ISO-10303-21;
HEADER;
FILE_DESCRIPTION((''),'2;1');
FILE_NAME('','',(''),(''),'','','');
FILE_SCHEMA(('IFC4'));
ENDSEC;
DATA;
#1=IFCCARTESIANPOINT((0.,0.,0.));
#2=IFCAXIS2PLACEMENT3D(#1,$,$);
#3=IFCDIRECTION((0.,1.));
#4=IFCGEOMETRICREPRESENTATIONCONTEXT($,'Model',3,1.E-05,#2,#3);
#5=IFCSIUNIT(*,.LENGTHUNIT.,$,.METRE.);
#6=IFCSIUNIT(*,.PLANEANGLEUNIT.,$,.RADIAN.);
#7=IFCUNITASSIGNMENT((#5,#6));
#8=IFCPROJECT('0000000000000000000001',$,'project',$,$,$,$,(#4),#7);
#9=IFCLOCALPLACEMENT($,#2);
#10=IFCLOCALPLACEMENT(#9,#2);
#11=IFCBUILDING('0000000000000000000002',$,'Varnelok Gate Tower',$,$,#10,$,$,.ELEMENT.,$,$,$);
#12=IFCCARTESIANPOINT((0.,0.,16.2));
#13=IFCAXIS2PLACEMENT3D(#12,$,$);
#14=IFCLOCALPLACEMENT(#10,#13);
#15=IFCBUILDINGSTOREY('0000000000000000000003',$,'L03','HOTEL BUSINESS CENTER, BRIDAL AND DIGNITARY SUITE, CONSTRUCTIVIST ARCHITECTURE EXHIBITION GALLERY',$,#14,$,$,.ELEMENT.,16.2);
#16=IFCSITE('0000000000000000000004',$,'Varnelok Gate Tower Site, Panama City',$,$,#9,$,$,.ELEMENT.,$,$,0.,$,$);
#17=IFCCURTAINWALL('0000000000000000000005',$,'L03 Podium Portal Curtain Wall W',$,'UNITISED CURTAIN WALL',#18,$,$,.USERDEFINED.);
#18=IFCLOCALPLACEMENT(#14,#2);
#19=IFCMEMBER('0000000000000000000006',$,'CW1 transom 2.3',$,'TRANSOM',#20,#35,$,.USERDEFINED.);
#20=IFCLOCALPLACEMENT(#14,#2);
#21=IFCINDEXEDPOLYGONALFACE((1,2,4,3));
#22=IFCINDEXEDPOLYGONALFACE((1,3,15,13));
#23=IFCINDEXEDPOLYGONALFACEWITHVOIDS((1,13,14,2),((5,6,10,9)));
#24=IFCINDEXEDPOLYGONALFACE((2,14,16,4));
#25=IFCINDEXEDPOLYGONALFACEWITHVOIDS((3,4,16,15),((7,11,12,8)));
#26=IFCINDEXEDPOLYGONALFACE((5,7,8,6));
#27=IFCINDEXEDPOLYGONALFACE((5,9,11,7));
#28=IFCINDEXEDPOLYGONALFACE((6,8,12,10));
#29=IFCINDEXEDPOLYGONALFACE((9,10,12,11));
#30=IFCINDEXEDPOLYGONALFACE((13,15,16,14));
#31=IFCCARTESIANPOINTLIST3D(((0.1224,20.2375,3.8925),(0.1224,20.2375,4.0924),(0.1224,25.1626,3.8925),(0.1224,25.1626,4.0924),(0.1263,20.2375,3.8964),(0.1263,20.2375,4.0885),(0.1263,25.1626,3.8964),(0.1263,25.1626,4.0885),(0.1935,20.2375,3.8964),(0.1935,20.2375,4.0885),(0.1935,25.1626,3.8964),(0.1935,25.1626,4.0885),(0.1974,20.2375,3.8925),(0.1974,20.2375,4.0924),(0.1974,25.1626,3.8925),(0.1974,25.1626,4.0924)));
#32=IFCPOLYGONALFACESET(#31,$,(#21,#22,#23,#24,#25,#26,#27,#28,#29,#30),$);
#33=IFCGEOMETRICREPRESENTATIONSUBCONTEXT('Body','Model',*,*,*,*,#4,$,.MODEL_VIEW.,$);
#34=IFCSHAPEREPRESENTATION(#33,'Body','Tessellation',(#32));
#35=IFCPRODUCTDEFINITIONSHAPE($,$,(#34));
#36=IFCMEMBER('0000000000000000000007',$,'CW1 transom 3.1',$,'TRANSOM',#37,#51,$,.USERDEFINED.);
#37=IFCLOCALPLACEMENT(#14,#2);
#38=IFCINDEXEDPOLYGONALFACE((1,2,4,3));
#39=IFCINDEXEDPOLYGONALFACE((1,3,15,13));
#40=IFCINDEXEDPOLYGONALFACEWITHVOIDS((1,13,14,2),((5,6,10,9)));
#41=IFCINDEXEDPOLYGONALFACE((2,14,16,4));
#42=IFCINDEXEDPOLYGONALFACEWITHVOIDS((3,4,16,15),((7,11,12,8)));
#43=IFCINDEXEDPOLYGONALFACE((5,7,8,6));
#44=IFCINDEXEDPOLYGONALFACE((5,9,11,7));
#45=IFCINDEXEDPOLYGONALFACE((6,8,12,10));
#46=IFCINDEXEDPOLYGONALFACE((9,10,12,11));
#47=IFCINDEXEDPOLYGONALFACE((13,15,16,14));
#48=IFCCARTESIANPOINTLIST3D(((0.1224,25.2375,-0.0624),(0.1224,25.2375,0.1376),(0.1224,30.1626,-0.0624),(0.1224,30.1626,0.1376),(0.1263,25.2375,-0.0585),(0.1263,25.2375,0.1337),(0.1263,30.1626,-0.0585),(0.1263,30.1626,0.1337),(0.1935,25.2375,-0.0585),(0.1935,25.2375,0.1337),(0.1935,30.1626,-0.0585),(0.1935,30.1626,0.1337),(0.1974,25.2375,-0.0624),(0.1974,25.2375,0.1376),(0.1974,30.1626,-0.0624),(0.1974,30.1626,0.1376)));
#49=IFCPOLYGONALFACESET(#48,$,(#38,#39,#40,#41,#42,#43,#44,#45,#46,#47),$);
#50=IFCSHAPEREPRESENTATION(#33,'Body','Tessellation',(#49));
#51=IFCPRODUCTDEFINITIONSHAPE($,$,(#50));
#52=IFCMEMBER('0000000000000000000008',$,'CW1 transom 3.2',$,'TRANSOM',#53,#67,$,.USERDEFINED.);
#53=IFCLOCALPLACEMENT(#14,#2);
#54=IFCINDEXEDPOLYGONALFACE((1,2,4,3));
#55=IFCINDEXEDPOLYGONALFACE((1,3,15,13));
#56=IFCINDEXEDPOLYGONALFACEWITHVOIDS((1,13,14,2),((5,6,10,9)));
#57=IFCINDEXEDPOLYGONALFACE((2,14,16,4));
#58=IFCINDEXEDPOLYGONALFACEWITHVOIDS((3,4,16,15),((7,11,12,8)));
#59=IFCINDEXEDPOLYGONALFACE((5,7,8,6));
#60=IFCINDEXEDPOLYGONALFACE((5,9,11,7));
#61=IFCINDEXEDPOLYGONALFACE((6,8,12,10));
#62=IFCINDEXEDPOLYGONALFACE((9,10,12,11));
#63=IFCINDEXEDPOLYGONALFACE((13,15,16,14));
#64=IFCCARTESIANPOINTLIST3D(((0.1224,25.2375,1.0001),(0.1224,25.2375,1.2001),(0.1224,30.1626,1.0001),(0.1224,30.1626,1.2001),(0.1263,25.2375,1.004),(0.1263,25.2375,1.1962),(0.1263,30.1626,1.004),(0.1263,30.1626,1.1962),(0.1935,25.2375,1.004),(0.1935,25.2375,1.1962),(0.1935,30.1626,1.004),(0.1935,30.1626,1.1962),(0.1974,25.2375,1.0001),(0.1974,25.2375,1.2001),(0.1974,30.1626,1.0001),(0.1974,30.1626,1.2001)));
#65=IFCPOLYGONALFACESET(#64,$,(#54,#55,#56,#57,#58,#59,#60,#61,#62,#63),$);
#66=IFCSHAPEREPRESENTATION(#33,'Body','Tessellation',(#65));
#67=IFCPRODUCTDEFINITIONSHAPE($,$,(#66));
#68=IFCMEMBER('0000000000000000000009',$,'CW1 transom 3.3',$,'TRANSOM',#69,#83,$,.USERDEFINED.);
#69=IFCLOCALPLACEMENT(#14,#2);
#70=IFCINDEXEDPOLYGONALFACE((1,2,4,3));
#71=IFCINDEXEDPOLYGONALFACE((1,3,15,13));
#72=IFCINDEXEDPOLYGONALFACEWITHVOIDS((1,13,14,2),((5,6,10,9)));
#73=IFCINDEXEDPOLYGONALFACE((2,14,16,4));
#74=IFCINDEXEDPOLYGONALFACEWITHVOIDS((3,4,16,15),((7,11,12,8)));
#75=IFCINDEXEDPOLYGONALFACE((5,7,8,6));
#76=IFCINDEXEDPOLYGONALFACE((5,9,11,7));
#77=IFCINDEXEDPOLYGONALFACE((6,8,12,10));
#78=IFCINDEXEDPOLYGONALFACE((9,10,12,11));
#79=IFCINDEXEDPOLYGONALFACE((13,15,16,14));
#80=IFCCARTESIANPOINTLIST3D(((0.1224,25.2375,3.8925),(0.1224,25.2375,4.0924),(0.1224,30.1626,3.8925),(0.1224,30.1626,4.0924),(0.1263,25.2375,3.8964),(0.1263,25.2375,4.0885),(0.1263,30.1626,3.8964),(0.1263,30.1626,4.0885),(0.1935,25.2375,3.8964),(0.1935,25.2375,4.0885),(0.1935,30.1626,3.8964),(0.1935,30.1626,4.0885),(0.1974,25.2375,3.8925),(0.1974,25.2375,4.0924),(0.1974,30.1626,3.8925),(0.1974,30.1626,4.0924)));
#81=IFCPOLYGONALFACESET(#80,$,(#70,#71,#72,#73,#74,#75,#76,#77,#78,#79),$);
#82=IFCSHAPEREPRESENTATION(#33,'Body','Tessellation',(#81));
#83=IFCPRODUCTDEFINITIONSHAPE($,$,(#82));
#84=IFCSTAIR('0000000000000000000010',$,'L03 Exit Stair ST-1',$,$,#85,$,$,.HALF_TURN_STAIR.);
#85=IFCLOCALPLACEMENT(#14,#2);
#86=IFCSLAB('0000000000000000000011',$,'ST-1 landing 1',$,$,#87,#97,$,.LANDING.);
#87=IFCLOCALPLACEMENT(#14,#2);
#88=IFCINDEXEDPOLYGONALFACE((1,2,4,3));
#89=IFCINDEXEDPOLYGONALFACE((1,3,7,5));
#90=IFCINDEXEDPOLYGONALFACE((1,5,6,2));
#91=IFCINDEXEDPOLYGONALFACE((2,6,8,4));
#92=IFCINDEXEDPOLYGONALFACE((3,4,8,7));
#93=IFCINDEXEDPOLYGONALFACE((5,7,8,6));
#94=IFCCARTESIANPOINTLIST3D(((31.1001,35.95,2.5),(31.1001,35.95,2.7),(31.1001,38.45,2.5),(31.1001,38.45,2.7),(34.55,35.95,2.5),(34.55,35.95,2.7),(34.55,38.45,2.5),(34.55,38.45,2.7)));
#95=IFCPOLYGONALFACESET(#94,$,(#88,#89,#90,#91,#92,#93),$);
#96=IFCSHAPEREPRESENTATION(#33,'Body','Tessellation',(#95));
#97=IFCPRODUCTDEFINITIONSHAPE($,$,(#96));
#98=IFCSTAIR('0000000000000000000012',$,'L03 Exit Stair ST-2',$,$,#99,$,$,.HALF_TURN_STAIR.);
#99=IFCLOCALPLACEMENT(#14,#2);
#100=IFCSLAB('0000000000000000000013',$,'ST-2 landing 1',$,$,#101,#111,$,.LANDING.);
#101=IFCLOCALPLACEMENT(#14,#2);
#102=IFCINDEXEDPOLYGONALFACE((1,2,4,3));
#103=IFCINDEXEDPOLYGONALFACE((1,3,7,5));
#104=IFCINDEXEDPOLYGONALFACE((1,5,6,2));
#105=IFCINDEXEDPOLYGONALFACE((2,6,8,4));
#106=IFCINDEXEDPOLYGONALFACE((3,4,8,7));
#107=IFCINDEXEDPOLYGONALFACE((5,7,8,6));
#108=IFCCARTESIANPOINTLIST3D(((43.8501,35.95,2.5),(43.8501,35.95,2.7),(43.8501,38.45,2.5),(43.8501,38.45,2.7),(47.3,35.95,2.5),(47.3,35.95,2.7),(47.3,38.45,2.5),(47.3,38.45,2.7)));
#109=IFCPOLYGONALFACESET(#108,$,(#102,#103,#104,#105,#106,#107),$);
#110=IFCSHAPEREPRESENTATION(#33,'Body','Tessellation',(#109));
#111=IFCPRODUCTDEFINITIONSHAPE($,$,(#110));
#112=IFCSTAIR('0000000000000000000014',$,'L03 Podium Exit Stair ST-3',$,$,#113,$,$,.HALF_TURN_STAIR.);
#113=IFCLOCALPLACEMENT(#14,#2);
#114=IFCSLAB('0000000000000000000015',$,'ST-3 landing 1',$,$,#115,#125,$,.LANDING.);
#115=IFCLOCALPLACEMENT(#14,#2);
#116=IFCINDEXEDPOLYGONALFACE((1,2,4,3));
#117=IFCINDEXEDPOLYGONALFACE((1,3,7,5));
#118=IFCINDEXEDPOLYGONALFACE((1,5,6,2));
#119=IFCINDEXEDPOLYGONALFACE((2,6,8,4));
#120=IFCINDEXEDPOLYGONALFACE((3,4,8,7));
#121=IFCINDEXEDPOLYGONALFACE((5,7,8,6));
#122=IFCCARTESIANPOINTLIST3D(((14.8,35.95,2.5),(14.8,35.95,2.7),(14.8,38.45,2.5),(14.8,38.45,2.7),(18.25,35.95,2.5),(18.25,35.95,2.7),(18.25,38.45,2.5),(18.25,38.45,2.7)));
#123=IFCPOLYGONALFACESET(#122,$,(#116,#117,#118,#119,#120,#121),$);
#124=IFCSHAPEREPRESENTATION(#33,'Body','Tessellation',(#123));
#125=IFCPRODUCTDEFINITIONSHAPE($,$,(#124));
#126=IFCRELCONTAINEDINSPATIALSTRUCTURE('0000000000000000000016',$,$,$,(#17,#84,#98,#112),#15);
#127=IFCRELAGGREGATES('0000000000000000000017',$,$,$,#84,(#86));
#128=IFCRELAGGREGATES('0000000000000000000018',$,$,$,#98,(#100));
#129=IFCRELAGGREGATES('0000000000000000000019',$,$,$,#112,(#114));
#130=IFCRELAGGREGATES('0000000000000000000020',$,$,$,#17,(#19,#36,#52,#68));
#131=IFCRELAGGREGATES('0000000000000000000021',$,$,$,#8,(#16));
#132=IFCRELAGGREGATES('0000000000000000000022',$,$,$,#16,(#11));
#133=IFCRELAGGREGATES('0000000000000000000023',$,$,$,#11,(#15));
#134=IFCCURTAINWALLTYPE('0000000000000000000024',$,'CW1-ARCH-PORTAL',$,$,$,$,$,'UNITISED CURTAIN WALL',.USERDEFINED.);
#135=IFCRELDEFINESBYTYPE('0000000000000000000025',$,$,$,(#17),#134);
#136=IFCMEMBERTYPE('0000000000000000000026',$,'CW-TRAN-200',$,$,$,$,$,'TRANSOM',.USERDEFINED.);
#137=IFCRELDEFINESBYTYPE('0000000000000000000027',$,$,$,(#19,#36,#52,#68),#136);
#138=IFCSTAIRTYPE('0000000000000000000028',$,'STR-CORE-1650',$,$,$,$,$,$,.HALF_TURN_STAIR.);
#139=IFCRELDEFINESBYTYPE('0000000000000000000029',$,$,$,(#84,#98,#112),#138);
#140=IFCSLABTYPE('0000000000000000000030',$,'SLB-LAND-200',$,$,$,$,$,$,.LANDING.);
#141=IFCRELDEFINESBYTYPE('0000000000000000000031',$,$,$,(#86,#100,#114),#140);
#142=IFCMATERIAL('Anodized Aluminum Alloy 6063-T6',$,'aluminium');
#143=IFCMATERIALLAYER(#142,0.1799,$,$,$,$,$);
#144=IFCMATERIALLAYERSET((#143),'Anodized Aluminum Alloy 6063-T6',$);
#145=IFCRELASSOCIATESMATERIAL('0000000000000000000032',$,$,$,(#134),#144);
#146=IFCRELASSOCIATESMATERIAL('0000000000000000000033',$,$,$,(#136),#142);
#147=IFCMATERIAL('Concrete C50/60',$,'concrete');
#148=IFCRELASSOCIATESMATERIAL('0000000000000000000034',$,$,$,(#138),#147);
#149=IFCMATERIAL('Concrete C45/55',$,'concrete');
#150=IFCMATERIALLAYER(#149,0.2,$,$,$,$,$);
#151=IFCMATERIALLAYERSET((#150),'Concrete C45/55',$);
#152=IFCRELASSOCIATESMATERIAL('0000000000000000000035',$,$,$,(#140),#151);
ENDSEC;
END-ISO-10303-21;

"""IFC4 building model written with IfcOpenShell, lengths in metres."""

from ifc_helpers import new_model, si_unit, direction, frame, origin, origin_2d, place, context, subcontext, project, spatial, polyline, hollow_rectangle, outline, extrude, material, layer, layer_set, material_profile, profile_set, type_object, element, aggregate, save


model = new_model("IFC4")

# Units and contexts
model_context = context("Model", 3, precision=1e-05, world=origin(), true_north=direction((0.0, 1.0)))
body_context = subcontext(model_context, "Body", "Model", "MODEL_VIEW")
ifc_project = project(units=[si_unit("LENGTHUNIT", "METRE"), si_unit("PLANEANGLEUNIT", "RADIAN")], contexts=[model_context])

# Site, building, storey
site_placement = place(None, origin())
site = spatial("IfcSite", under=ifc_project, at=site_placement, Name="Varnelok Gate Tower Site, Panama City", CompositionType="ELEMENT", RefElevation=0.0)
building_placement = place(site_placement, origin())
building = spatial("IfcBuilding", under=site, at=building_placement, Name="Varnelok Gate Tower", CompositionType="ELEMENT")
storey_placement = place(building_placement, frame((0.0, 0.0, 16.2)))
storey = spatial("IfcBuildingStorey", under=building, at=storey_placement, Name="L03", Description="HOTEL BUSINESS CENTER, BRIDAL AND DIGNITARY SUITE, CONSTRUCTIVIST ARCHITECTURE EXHIBITION GALLERY", CompositionType="ELEMENT", Elevation=16.2)

# Curtain wall, members
ifc_material_1 = material(Name="Anodized Aluminum Alloy 6063-T6", Category="aluminium")
ifc_layer_1 = layer(ifc_material_1, 0.1799)
ifc_layer_set_1 = layer_set([ifc_layer_1], Name="Anodized Aluminum Alloy 6063-T6")
curtain_wall_type = type_object("IfcCurtainWallType", Name="CW1-ARCH-PORTAL", ElementType="UNITISED CURTAIN WALL", PredefinedType="USERDEFINED", material=ifc_layer_set_1)
curtain_wall_placement = place(storey_placement, origin())
curtain_wall = element("IfcCurtainWall", 1, at=curtain_wall_placement, inside=storey, type_object=curtain_wall_type, Name="L03 Podium Portal Curtain Wall W", ObjectType="UNITISED CURTAIN WALL", PredefinedType="USERDEFINED")
ifc_material_profile_1 = material_profile(ifc_material_1, hollow_rectangle(XDim=0.075, YDim=0.2, WallThickness=0.0039, at=origin_2d()), Name="ALU200X75X4")
ifc_profile_set_1 = profile_set([ifc_material_profile_1], Name="Anodized Aluminum Alloy 6063-T6")
member_type_1 = type_object("IfcMemberType", Name="CW-TRAN-200", ElementType="TRANSOM", PredefinedType="USERDEFINED", material=ifc_profile_set_1)
member_1_placement = place(storey_placement, frame((0.1599, 20.2375, 3.9924), z_axis=(0.0, 1.0, 0.0), x_axis=(-1.0, 0.0, 0.0)))
member_1 = element("IfcMember", 2, at=member_1_placement, type_object=member_type_1, Name="CW1 transom 2.3", ObjectType="TRANSOM", PredefinedType="USERDEFINED", context=body_context, shape_type="SweptSolid", body=[
    extrude(hollow_rectangle(XDim=0.075, YDim=0.2, WallThickness=0.0039, at=origin_2d()), origin(), (0.0, 0.0, 1.0), 4.925),
])
member_2_placement = place(storey_placement, frame((0.1599, 25.2375, 0.0376), z_axis=(0.0, 1.0, 0.0), x_axis=(-1.0, 0.0, 0.0)))
member_2 = element("IfcMember", 3, at=member_2_placement, type_object=member_type_1, Name="CW1 transom 3.1", ObjectType="TRANSOM", PredefinedType="USERDEFINED", context=body_context, shape_type="SweptSolid", body=[
    extrude(hollow_rectangle(XDim=0.075, YDim=0.2, WallThickness=0.0039, at=origin_2d()), origin(), (0.0, 0.0, 1.0), 4.925),
])
member_3_placement = place(storey_placement, frame((0.1599, 25.2375, 1.1001), z_axis=(0.0, 1.0, 0.0), x_axis=(-1.0, 0.0, 0.0)))
member_3 = element("IfcMember", 4, at=member_3_placement, type_object=member_type_1, Name="CW1 transom 3.2", ObjectType="TRANSOM", PredefinedType="USERDEFINED", context=body_context, shape_type="SweptSolid", body=[
    extrude(hollow_rectangle(XDim=0.075, YDim=0.2, WallThickness=0.0039, at=origin_2d()), origin(), (0.0, 0.0, 1.0), 4.925),
])
member_4_placement = place(storey_placement, frame((0.1599, 25.2375, 3.9924), z_axis=(0.0, 1.0, 0.0), x_axis=(-1.0, 0.0, 0.0)))
member_4 = element("IfcMember", 5, at=member_4_placement, type_object=member_type_1, Name="CW1 transom 3.3", ObjectType="TRANSOM", PredefinedType="USERDEFINED", context=body_context, shape_type="SweptSolid", body=[
    extrude(hollow_rectangle(XDim=0.075, YDim=0.2, WallThickness=0.0039, at=origin_2d()), origin(), (0.0, 0.0, 1.0), 4.925),
])

# Stairs, slabs
ifc_material_2 = material(Name="Concrete C50/60", Category="concrete")
stair_type = type_object("IfcStairType", Name="STR-CORE-1650", PredefinedType="HALF_TURN_STAIR", material=ifc_material_2)
stair_1_placement = place(storey_placement, origin())
stair_1 = element("IfcStair", 6, at=stair_1_placement, inside=storey, type_object=stair_type, Name="L03 Exit Stair ST-1", PredefinedType="HALF_TURN_STAIR")
ifc_material_3 = material(Name="Concrete C45/55", Category="concrete")
ifc_layer_2 = layer(ifc_material_3, 0.2)
ifc_layer_set_2 = layer_set([ifc_layer_2], Name="Concrete C45/55")
slab_type_1 = type_object("IfcSlabType", Name="SLB-LAND-200", PredefinedType="LANDING", material=ifc_layer_set_2)
slab_1_placement = place(storey_placement, frame((0.0, 0.0, 2.5)))
slab_1 = element("IfcSlab", 7, at=slab_1_placement, type_object=slab_type_1, Name="ST-1 landing 1", PredefinedType="LANDING", context=body_context, shape_type="SweptSolid", body=[
    extrude(outline(polyline([(34.55, 35.95), (34.55, 38.45), (31.1001, 38.45), (31.1001, 35.95), (34.55, 35.95)])), origin(), (0.0, 0.0, 1.0), 0.2),
])
aggregate(stair_1, [slab_1])
stair_2_placement = place(storey_placement, origin())
stair_2 = element("IfcStair", 8, at=stair_2_placement, inside=storey, type_object=stair_type, Name="L03 Exit Stair ST-2", PredefinedType="HALF_TURN_STAIR")
slab_2_placement = place(storey_placement, frame((0.0, 0.0, 2.5)))
slab_2 = element("IfcSlab", 9, at=slab_2_placement, type_object=slab_type_1, Name="ST-2 landing 1", PredefinedType="LANDING", context=body_context, shape_type="SweptSolid", body=[
    extrude(outline(polyline([(47.3, 35.95), (47.3, 38.45), (43.8501, 38.45), (43.8501, 35.95), (47.3, 35.95)])), origin(), (0.0, 0.0, 1.0), 0.2),
])
aggregate(stair_2, [slab_2])
stair_3_placement = place(storey_placement, origin())
stair_3 = element("IfcStair", 10, at=stair_3_placement, inside=storey, type_object=stair_type, Name="L03 Podium Exit Stair ST-3", PredefinedType="HALF_TURN_STAIR")
slab_3_placement = place(storey_placement, frame((0.0, 0.0, 2.5)))
slab_3 = element("IfcSlab", 11, at=slab_3_placement, type_object=slab_type_1, Name="ST-3 landing 1", PredefinedType="LANDING", context=body_context, shape_type="SweptSolid", body=[
    extrude(outline(polyline([(18.25, 35.95), (18.25, 38.45), (14.8, 38.45), (14.8, 35.95), (18.25, 35.95)])), origin(), (0.0, 0.0, 1.0), 0.2),
])
aggregate(stair_3, [slab_3])

aggregate(curtain_wall, [member_1, member_2, member_3, member_4])

save(model, "model.ifc")
